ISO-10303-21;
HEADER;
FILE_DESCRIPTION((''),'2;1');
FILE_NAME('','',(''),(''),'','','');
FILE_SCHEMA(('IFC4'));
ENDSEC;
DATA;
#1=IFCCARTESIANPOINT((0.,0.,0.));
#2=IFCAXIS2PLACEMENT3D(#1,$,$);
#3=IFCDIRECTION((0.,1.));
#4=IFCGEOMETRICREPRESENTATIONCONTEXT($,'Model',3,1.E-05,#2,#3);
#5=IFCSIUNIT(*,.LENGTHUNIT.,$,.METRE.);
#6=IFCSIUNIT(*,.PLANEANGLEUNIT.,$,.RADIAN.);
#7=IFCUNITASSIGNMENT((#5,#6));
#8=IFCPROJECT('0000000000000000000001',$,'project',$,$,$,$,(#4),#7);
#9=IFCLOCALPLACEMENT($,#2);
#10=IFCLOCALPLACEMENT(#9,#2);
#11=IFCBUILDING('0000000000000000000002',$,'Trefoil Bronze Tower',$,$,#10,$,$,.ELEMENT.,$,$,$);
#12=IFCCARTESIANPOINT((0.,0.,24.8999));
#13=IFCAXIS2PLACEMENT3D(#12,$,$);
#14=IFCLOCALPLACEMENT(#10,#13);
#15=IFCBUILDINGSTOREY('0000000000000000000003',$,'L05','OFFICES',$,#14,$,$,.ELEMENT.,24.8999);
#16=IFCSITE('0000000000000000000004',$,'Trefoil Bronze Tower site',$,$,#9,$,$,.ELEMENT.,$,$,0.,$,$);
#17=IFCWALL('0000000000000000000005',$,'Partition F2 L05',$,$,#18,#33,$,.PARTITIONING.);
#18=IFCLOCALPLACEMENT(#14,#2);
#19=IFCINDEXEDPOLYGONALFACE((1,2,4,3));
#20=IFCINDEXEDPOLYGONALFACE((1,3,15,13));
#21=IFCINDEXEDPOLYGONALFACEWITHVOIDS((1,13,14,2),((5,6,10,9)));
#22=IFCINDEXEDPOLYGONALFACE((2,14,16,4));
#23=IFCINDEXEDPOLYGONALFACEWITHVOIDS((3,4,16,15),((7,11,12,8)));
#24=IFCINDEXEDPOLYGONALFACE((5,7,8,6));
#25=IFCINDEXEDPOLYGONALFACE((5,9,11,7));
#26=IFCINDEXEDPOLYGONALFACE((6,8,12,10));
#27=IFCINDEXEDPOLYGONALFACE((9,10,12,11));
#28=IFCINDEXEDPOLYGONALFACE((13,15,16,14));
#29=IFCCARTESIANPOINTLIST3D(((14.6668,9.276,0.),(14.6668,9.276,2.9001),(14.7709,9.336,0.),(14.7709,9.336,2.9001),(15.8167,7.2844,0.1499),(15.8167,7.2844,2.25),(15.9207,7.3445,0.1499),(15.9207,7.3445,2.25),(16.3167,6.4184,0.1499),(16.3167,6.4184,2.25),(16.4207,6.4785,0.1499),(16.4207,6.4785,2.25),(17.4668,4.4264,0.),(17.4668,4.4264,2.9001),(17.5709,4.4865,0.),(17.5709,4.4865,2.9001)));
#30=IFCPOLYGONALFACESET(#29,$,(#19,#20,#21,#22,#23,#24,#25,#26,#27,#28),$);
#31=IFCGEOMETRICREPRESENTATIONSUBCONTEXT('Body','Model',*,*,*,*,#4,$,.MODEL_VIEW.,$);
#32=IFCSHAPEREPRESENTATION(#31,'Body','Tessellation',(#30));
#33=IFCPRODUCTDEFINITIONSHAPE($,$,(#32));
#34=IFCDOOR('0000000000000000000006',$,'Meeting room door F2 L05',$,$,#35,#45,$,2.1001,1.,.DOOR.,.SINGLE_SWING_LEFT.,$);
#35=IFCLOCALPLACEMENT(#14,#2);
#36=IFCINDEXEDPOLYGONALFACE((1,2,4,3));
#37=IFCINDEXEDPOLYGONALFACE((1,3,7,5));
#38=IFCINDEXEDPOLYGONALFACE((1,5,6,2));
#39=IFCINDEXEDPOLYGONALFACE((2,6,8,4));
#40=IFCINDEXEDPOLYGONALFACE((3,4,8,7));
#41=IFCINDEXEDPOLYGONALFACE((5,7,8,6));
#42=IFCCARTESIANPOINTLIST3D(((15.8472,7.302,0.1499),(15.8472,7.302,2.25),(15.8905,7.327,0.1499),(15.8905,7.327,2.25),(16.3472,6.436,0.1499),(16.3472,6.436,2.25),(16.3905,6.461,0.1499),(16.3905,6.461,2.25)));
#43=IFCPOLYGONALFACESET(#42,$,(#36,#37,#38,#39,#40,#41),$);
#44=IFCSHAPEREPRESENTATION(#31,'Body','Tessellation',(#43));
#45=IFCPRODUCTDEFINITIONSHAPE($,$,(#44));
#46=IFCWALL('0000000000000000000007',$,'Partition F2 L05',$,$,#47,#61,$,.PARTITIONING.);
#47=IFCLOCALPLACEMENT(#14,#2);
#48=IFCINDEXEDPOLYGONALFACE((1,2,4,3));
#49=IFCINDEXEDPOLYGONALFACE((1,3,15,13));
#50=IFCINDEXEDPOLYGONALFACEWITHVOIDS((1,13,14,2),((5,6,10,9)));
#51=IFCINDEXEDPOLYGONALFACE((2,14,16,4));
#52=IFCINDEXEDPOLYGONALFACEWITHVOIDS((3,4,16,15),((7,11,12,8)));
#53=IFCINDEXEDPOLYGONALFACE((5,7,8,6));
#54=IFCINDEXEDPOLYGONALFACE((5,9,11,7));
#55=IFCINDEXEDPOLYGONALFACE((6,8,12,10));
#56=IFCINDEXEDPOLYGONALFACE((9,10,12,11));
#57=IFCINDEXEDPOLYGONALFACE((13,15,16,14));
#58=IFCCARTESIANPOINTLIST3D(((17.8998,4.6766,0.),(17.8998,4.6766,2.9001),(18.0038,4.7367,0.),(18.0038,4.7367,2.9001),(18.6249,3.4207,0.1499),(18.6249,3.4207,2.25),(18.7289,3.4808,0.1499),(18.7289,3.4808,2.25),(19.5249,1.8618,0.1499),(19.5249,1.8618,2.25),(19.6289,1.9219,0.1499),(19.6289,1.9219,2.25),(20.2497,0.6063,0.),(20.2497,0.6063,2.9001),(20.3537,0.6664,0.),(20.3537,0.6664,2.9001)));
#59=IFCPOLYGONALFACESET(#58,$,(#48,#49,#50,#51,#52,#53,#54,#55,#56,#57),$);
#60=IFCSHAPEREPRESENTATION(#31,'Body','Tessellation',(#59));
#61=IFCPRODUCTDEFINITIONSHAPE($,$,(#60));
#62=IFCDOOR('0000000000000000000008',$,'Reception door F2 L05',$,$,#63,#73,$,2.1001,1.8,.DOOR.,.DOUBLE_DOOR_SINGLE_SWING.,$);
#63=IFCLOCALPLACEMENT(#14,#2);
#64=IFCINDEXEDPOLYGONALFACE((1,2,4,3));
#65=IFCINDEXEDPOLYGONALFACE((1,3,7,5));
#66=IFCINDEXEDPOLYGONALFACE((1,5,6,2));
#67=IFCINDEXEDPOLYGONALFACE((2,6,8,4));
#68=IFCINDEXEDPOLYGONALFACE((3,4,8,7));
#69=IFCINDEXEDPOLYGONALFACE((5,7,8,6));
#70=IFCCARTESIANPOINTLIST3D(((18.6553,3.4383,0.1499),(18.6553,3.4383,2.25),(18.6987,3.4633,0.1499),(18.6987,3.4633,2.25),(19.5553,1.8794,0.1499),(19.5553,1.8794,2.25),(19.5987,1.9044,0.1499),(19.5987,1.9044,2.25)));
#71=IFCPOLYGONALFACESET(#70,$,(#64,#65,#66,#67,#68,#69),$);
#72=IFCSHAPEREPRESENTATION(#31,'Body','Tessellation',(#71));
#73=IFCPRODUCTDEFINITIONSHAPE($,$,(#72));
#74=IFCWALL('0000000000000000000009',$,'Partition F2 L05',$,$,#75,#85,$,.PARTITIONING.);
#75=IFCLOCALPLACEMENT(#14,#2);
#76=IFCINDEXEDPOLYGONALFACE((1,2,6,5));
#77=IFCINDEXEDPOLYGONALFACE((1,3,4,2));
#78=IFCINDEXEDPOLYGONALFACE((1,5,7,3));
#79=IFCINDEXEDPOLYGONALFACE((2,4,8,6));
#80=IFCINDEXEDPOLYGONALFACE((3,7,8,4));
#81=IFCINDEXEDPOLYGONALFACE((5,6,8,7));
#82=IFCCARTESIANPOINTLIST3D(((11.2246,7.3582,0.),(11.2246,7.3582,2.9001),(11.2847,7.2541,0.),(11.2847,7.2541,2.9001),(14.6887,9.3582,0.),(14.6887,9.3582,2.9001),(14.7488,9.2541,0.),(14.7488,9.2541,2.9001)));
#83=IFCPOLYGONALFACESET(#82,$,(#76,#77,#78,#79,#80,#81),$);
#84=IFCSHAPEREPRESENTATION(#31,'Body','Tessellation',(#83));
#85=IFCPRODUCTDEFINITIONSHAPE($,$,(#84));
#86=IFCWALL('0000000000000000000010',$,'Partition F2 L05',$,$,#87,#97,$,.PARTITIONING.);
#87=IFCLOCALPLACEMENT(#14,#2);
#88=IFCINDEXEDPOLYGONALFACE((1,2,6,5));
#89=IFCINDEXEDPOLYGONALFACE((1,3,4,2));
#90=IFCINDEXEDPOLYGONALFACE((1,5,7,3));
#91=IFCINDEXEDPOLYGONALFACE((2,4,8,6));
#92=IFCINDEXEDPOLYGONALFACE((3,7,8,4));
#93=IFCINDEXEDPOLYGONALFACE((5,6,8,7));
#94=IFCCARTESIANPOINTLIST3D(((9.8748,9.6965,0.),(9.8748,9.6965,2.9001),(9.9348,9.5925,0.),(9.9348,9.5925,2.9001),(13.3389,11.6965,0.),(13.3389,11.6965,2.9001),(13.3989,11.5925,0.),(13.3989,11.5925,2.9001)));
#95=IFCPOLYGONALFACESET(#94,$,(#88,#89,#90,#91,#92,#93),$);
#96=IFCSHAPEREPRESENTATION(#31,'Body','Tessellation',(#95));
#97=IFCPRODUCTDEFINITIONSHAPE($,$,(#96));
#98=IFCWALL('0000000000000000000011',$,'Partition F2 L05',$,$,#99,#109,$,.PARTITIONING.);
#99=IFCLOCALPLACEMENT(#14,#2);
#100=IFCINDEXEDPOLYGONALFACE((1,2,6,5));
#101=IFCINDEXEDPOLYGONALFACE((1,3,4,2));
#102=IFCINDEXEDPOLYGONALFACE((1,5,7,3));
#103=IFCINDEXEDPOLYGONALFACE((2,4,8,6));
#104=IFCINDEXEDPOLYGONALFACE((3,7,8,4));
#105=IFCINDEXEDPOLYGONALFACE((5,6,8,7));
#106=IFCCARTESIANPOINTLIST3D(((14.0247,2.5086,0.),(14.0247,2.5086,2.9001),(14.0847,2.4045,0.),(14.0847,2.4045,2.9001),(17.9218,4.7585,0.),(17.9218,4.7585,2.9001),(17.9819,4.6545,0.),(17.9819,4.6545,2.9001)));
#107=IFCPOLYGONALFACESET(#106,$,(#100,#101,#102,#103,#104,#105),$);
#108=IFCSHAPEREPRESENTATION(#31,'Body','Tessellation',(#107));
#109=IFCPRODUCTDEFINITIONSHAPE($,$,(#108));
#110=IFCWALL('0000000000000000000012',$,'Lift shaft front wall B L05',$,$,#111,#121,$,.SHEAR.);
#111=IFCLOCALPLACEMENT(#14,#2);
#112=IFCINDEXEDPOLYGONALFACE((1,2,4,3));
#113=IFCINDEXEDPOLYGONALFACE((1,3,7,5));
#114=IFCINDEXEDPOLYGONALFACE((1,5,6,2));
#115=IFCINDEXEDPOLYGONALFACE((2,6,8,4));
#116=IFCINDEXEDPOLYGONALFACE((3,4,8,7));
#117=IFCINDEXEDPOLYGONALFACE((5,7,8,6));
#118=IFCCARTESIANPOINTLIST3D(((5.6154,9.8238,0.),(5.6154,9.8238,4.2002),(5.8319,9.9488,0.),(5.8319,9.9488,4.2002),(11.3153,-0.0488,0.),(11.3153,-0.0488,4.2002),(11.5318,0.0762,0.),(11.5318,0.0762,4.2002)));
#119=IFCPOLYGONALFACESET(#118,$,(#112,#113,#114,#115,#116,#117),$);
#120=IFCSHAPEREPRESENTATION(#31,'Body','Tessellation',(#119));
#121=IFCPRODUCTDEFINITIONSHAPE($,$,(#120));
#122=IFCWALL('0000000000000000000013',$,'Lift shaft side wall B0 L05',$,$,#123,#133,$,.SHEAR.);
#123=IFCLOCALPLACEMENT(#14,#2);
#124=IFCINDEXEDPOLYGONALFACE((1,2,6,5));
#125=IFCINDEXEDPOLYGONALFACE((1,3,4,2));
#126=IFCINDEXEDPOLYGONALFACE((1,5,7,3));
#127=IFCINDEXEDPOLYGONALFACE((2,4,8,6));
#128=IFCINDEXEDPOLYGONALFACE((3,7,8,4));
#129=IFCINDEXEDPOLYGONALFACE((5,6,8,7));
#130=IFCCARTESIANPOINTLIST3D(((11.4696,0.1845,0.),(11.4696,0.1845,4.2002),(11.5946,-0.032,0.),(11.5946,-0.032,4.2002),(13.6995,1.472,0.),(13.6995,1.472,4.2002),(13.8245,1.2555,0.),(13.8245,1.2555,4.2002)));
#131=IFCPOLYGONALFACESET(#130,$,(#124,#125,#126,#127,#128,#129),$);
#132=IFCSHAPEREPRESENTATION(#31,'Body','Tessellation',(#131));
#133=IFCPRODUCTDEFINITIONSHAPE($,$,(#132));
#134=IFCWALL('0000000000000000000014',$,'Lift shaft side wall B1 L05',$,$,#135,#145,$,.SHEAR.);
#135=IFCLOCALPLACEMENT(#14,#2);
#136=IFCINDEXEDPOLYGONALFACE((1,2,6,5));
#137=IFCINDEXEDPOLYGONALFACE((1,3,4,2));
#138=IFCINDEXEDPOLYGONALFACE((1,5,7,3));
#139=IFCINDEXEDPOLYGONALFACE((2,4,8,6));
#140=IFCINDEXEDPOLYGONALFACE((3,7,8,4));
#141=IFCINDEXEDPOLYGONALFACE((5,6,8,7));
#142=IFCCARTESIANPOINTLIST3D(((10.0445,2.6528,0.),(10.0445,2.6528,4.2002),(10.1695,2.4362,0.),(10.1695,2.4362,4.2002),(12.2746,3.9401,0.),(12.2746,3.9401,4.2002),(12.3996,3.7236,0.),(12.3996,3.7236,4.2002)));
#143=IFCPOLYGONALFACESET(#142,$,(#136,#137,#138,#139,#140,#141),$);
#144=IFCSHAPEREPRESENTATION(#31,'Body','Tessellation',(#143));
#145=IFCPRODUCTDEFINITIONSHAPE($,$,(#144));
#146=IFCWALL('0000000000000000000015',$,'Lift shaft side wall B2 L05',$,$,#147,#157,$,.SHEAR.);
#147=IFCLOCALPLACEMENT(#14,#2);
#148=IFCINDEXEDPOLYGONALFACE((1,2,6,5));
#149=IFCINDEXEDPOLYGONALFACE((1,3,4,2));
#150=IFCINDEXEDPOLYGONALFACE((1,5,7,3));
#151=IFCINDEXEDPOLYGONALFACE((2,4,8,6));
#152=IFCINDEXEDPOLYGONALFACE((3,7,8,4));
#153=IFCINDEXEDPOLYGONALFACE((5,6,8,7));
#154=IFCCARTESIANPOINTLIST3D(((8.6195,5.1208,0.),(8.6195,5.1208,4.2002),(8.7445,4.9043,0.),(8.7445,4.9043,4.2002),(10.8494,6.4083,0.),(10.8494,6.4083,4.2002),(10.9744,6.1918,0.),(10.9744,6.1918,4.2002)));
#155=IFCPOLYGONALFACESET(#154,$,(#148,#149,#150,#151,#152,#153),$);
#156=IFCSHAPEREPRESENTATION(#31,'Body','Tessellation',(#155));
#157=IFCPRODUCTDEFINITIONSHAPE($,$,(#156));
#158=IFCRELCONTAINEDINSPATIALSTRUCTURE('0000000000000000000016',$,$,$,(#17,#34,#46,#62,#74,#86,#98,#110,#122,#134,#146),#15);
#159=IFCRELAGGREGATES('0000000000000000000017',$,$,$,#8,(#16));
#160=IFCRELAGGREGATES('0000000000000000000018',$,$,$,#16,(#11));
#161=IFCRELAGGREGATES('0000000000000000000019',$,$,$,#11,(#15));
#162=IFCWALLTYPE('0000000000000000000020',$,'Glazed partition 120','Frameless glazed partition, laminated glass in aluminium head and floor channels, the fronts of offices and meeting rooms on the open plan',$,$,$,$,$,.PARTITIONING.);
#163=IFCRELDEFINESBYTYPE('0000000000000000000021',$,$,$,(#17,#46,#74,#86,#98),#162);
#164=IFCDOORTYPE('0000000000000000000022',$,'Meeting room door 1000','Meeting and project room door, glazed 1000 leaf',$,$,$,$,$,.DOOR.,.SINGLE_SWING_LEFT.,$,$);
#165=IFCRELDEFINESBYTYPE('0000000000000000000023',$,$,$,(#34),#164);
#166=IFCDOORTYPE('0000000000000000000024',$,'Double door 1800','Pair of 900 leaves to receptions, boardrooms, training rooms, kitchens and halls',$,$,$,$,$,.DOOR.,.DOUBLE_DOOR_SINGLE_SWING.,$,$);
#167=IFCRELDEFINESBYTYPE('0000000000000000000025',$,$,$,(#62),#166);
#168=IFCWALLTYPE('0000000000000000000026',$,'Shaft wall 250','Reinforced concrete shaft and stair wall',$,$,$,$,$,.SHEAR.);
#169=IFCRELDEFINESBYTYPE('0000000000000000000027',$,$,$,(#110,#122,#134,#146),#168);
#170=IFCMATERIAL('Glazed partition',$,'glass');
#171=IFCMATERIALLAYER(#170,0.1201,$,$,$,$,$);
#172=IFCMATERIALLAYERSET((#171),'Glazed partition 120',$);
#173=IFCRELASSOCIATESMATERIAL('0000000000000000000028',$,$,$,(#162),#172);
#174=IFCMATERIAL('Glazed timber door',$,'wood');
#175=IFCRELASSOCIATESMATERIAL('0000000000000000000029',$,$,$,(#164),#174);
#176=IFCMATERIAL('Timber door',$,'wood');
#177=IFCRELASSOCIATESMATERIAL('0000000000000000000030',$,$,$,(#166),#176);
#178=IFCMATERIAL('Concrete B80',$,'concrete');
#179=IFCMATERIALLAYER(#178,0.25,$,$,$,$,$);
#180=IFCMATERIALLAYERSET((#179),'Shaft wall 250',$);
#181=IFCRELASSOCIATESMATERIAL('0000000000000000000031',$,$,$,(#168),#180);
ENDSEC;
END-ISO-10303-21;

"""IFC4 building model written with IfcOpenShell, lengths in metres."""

from ifc_helpers import new_model, si_unit, direction, frame, frame_2d, origin, place, context, subcontext, project, spatial, rectangle, extrude, material, layer, layer_set, type_object, element, fill, save


model = new_model("IFC4")

# Units and contexts
model_context = context("Model", 3, precision=1e-05, world=origin(), true_north=direction((0.0, 1.0)))
body_context = subcontext(model_context, "Body", "Model", "MODEL_VIEW")
ifc_project = project(units=[si_unit("LENGTHUNIT", "METRE"), si_unit("PLANEANGLEUNIT", "RADIAN")], contexts=[model_context])

# Site, building, storey
site_placement = place(None, origin())
site = spatial("IfcSite", under=ifc_project, at=site_placement, Name="Trefoil Bronze Tower site", CompositionType="ELEMENT", RefElevation=0.0)
building_placement = place(site_placement, origin())
building = spatial("IfcBuilding", under=site, at=building_placement, Name="Trefoil Bronze Tower", CompositionType="ELEMENT")
storey_placement = place(building_placement, frame((0.0, 0.0, 24.8999)))
storey = spatial("IfcBuildingStorey", under=building, at=storey_placement, Name="L05", Description="OFFICES", CompositionType="ELEMENT", Elevation=24.8999)

# Walls, openings, doors
ifc_material_1 = material(Name="Glazed partition", Category="glass")
ifc_layer_1 = layer(ifc_material_1, 0.1201)
ifc_layer_set_1 = layer_set([ifc_layer_1], Name="Glazed partition 120")
wall_type_1 = type_object("IfcWallType", Name="Glazed partition 120", Description="Frameless glazed partition, laminated glass in aluminium head and floor channels, the fronts of offices and meeting rooms on the open plan", PredefinedType="PARTITIONING", material=ifc_layer_set_1)
wall_1_placement = place(storey_placement, frame((17.5188, 4.4565, 0.0), z_axis=(0.0, 0.0, 1.0), x_axis=(-0.500017, 0.866016, 0.0)))
wall_1 = element("IfcWall", 1, at=wall_1_placement, inside=storey, type_object=wall_type_1, Name="Partition F2 L05", PredefinedType="PARTITIONING", context=body_context, shape_type="SweptSolid", body=[
    extrude(rectangle(XDim=5.5999, YDim=0.1201, at=frame_2d((2.7998, 0.0))), origin(), (0.0, 0.0, 1.0), 2.9001),
])
opening_1_placement = place(wall_1_placement, frame((2.3, 0.0, 0.1499)))
opening_1 = element("IfcOpeningElement", 2, at=opening_1_placement, cuts=wall_1, PredefinedType="OPENING", context=body_context, shape_type="SweptSolid", body=[
    extrude(rectangle(XDim=1.0, YDim=2.1001, at=frame_2d((0.5, 1.05))), frame((0.0, 0.0701, 0.0), z_axis=(0.0, -1.0, 0.0), x_axis=(1.0, 0.0, 0.0)), (0.0, 0.0, 1.0), 0.1401),
])
ifc_material_2 = material(Name="Glazed timber door", Category="wood")
door_type_1 = type_object("IfcDoorType", Name="Meeting room door 1000", Description="Meeting and project room door, glazed 1000 leaf", OperationType="SINGLE_SWING_LEFT", PredefinedType="DOOR", material=ifc_material_2)
door_1_placement = place(opening_1_placement, origin())
door_1 = element("IfcDoor", 3, at=door_1_placement, inside=storey, type_object=door_type_1, Name="Meeting room door F2 L05", OperationType="SINGLE_SWING_LEFT", OverallHeight=2.1001, OverallWidth=1.0, PredefinedType="DOOR", context=body_context, shape_type="SweptSolid", body=[
    extrude(rectangle(XDim=1.0, YDim=2.1001, at=frame_2d((0.5, 1.05))), frame((0.0, 0.0249, 0.0), z_axis=(0.0, -1.0, 0.0), x_axis=(1.0, 0.0, 0.0)), (0.0, 0.0, 1.0), 0.05),
])
fill(opening_1, door_1)
wall_2_placement = place(storey_placement, frame((20.3018, 0.6362, 0.0), z_axis=(0.0, 0.0, 1.0), x_axis=(-0.499977, 0.866039, 0.0)))
wall_2 = element("IfcWall", 4, at=wall_2_placement, inside=storey, type_object=wall_type_1, Name="Partition F2 L05", PredefinedType="PARTITIONING", context=body_context, shape_type="SweptSolid", body=[
    extrude(rectangle(XDim=4.7, YDim=0.1201, at=frame_2d((2.3501, 0.0))), origin(), (0.0, 0.0, 1.0), 2.9001),
])
opening_2_placement = place(wall_2_placement, frame((1.45, 0.0, 0.1499)))
opening_2 = element("IfcOpeningElement", 5, at=opening_2_placement, cuts=wall_2, PredefinedType="OPENING", context=body_context, shape_type="SweptSolid", body=[
    extrude(rectangle(XDim=1.8, YDim=2.1001, at=frame_2d((0.8999, 1.05))), frame((0.0, 0.0701, 0.0), z_axis=(0.0, -1.0, 0.0), x_axis=(1.0, 0.0, 0.0)), (0.0, 0.0, 1.0), 0.1401),
])
ifc_material_3 = material(Name="Timber door", Category="wood")
door_type_2 = type_object("IfcDoorType", Name="Double door 1800", Description="Pair of 900 leaves to receptions, boardrooms, training rooms, kitchens and halls", OperationType="DOUBLE_DOOR_SINGLE_SWING", PredefinedType="DOOR", material=ifc_material_3)
door_2_placement = place(opening_2_placement, origin())
door_2 = element("IfcDoor", 6, at=door_2_placement, inside=storey, type_object=door_type_2, Name="Reception door F2 L05", OperationType="DOUBLE_DOOR_SINGLE_SWING", OverallHeight=2.1001, OverallWidth=1.8, PredefinedType="DOOR", context=body_context, shape_type="SweptSolid", body=[
    extrude(rectangle(XDim=1.8, YDim=2.1001, at=frame_2d((0.8999, 1.05))), frame((0.0, 0.0249, 0.0), z_axis=(0.0, -1.0, 0.0), x_axis=(1.0, 0.0, 0.0)), (0.0, 0.0, 1.0), 0.05),
])
fill(opening_2, door_2)

# Walls
for number, where, z_axis, x_axis, name in (
    (7, (11.2546, 7.3062, 0.0), (0.0, 0.0, 1.0), (0.866026, 0.499999, 0.0), "Partition F2 L05"),
    (8, (9.9048, 9.6445, 0.0), (0.0, 0.0, 1.0), (0.866026, 0.499999, 0.0), "Partition F2 L05"),
):
    element("IfcWall", number, at=place(storey_placement, frame(where, z_axis=z_axis, x_axis=x_axis)), inside=storey, type_object=wall_type_1, Name=name, PredefinedType="PARTITIONING", context=body_context, shape_type="SweptSolid", body=[
        extrude(rectangle(XDim=4.0, YDim=0.1201, at=frame_2d((2.0, 0.0))), origin(), (0.0, 0.0, 1.0), 2.9001),
    ])
wall_3_placement = place(storey_placement, frame((14.0547, 2.4565, 0.0), z_axis=(0.0, 0.0, 1.0), x_axis=(0.866031, 0.49999, 0.0)))
element("IfcWall", 9, at=wall_3_placement, inside=storey, type_object=wall_type_1, Name="Partition F2 L05", PredefinedType="PARTITIONING", context=body_context, shape_type="SweptSolid", body=[
    extrude(rectangle(XDim=4.5, YDim=0.1201, at=frame_2d((2.25, 0.0))), origin(), (0.0, 0.0, 1.0), 2.9001),
])
ifc_material_4 = material(Name="Concrete B80", Category="concrete")
ifc_layer_2 = layer(ifc_material_4, 0.25)
ifc_layer_set_2 = layer_set([ifc_layer_2], Name="Shaft wall 250")
wall_type_2 = type_object("IfcWallType", Name="Shaft wall 250", Description="Reinforced concrete shaft and stair wall", PredefinedType="SHEAR", material=ifc_layer_set_2)
wall_4_placement = place(storey_placement, frame((11.4236, 0.0137, 0.0), z_axis=(0.0, 0.0, 1.0), x_axis=(-0.500002, 0.866024, 0.0)))
element("IfcWall", 10, at=wall_4_placement, inside=storey, type_object=wall_type_2, Name="Lift shaft front wall B L05", PredefinedType="SHEAR", context=body_context, shape_type="SweptSolid", body=[
    extrude(rectangle(XDim=11.3999, YDim=0.25, at=frame_2d((5.7, 0.0))), origin(), (0.0, 0.0, 1.0), 4.2002),
])
for number, where, z_axis, x_axis, name in (
    (11, (11.532, 0.0762, 0.0), (0.0, 0.0, 1.0), (0.866006, 0.500034, 0.0), "Lift shaft side wall B0 L05"),
    (12, (10.1069, 2.5444, 0.0), (0.0, 0.0, 1.0), (0.866047, 0.499963, 0.0), "Lift shaft side wall B1 L05"),
    (13, (8.6819, 5.0125, 0.0), (0.0, 0.0, 1.0), (0.866006, 0.500034, 0.0), "Lift shaft side wall B2 L05"),
):
    element("IfcWall", number, at=place(storey_placement, frame(where, z_axis=z_axis, x_axis=x_axis)), inside=storey, type_object=wall_type_2, Name=name, PredefinedType="SHEAR", context=body_context, shape_type="SweptSolid", body=[
        extrude(rectangle(XDim=2.575, YDim=0.25, at=frame_2d((1.2876, 0.0))), origin(), (0.0, 0.0, 1.0), 4.2002),
    ])

save(model, "model.ifc")
